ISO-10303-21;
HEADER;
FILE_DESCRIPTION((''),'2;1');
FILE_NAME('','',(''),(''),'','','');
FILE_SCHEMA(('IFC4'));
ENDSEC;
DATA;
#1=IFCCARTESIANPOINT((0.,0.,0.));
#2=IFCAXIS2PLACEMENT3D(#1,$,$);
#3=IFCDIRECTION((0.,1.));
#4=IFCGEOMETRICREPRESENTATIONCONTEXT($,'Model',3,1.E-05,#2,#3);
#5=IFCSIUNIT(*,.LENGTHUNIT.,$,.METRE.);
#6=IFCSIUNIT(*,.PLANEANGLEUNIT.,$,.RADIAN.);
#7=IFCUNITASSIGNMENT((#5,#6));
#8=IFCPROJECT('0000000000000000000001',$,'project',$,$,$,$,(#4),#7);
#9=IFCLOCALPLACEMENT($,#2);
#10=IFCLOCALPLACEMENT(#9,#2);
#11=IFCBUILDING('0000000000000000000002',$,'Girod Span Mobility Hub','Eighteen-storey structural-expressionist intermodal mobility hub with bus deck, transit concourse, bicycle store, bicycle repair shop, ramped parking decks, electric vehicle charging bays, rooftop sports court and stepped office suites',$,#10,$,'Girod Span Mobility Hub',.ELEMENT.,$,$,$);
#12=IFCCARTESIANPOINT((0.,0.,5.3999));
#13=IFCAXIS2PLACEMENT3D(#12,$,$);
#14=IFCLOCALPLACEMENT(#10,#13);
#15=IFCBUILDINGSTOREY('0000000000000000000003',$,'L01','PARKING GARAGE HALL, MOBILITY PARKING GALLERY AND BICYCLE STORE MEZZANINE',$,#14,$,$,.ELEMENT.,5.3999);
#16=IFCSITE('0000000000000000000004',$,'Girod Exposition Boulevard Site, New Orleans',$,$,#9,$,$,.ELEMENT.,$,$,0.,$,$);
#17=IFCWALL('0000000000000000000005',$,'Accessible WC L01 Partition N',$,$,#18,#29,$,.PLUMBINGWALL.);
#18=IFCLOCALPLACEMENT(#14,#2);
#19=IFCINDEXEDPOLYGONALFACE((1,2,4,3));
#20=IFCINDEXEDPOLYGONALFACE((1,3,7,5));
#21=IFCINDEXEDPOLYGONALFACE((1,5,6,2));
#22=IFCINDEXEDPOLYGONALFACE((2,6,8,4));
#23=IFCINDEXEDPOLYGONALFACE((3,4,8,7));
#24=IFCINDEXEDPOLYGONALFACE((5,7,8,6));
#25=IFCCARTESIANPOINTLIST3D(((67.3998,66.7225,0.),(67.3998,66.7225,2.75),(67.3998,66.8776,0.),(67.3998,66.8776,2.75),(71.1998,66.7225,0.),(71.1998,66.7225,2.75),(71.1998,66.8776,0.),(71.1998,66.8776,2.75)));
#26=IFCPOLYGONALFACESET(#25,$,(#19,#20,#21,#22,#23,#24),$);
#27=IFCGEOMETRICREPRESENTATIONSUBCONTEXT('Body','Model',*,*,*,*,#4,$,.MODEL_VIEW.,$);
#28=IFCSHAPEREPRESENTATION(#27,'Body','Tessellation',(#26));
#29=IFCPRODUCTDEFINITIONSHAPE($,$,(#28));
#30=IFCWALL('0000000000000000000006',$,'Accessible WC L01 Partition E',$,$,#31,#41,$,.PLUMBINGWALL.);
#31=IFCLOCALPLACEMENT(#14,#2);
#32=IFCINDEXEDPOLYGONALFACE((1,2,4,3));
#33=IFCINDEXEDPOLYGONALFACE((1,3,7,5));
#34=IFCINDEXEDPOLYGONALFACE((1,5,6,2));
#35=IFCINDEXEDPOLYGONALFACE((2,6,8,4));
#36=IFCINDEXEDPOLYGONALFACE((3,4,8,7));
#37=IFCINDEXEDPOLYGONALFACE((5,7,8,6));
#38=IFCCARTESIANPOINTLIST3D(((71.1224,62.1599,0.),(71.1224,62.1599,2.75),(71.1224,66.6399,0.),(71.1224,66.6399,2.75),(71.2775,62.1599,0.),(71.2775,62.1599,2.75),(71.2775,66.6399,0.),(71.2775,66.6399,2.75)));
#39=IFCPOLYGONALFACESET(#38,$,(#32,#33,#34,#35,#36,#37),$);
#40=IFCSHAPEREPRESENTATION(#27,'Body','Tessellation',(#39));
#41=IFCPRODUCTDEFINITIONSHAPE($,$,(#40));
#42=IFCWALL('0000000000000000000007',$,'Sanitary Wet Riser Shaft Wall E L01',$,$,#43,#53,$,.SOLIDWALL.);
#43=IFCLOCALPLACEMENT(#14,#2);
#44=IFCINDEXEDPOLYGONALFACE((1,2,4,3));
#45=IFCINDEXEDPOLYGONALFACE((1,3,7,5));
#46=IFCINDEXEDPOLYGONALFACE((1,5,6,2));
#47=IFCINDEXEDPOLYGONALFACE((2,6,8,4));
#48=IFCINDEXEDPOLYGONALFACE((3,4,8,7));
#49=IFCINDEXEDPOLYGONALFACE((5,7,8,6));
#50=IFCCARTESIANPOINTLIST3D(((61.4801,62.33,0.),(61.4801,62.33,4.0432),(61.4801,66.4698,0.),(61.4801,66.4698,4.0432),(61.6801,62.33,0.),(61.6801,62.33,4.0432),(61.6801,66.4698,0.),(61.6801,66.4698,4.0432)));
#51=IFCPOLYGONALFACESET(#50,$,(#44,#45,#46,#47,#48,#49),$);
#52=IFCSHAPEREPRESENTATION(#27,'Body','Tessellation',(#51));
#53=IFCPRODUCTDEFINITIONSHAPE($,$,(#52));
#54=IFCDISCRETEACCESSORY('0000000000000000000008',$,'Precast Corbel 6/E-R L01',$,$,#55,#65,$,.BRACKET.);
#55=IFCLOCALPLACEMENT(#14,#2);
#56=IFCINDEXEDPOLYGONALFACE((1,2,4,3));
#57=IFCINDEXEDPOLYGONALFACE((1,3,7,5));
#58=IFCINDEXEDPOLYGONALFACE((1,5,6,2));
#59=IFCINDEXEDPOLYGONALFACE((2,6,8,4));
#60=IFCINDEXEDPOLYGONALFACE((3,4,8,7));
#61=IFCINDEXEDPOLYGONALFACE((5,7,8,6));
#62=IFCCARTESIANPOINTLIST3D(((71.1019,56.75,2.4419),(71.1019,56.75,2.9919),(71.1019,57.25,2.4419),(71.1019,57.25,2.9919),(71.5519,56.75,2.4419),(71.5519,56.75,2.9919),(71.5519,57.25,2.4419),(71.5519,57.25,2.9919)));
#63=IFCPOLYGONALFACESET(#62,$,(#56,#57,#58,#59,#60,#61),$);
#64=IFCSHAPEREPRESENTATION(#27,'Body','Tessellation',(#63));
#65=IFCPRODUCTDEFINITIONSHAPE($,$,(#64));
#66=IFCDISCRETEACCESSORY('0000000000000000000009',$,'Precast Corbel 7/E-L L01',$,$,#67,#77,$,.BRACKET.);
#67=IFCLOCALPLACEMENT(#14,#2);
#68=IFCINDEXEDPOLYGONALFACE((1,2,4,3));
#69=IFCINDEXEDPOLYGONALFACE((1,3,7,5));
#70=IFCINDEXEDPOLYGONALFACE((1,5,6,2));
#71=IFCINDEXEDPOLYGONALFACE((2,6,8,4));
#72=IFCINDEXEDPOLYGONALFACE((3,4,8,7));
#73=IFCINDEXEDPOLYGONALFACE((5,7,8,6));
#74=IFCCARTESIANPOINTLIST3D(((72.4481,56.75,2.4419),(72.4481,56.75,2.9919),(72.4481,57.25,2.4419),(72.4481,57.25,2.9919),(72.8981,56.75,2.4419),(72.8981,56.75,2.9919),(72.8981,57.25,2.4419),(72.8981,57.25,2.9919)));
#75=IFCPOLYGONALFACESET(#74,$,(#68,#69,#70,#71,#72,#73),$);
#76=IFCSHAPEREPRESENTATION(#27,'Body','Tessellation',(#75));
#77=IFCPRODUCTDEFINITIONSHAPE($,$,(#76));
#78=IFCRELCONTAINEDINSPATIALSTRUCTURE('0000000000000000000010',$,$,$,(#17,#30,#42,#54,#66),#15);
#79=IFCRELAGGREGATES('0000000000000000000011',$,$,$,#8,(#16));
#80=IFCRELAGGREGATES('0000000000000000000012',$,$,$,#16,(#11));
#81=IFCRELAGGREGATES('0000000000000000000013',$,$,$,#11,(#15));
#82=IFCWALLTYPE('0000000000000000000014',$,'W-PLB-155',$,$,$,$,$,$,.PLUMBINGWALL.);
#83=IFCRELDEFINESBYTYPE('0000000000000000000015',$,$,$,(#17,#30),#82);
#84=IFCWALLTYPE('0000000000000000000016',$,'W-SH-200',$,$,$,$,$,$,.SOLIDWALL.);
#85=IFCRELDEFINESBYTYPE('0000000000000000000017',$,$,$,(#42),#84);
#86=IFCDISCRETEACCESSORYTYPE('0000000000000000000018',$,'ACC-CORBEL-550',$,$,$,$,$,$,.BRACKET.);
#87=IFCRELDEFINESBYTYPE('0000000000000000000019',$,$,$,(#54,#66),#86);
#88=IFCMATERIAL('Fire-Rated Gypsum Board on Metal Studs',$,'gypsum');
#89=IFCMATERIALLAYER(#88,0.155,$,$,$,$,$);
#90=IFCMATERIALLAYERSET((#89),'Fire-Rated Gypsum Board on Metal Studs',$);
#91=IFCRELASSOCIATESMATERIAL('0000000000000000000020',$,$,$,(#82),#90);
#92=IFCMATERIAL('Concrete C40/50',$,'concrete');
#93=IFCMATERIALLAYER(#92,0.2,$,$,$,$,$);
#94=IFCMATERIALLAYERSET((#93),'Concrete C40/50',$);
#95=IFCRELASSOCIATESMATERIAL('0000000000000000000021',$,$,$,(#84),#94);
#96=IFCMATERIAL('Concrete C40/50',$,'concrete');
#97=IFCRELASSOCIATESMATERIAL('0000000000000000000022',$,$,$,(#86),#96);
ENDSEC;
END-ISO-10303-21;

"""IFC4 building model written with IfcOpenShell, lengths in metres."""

from ifc_helpers import new_model, si_unit, direction, frame, frame_2d, origin, origin_2d, place, context, subcontext, project, spatial, rectangle, extrude, material, layer, layer_set, type_object, element, save


model = new_model("IFC4")

# Units and contexts
model_context = context("Model", 3, precision=1e-05, world=origin(), true_north=direction((0.0, 1.0)))
body_context = subcontext(model_context, "Body", "Model", "MODEL_VIEW")
ifc_project = project(units=[si_unit("LENGTHUNIT", "METRE"), si_unit("PLANEANGLEUNIT", "RADIAN")], contexts=[model_context])

# Site, building, storey
site_placement = place(None, origin())
site = spatial("IfcSite", under=ifc_project, at=site_placement, Name="Girod Exposition Boulevard Site, New Orleans", CompositionType="ELEMENT", RefElevation=0.0)
building_placement = place(site_placement, origin())
building = spatial("IfcBuilding", under=site, at=building_placement, Name="Girod Span Mobility Hub", Description="Eighteen-storey structural-expressionist intermodal mobility hub with bus deck, transit concourse, bicycle store, bicycle repair shop, ramped parking decks, electric vehicle charging bays, rooftop sports court and stepped office suites", LongName="Girod Span Mobility Hub", CompositionType="ELEMENT")
storey_placement = place(building_placement, frame((0.0, 0.0, 5.3999)))
storey = spatial("IfcBuildingStorey", under=building, at=storey_placement, Name="L01", Description="PARKING GARAGE HALL, MOBILITY PARKING GALLERY AND BICYCLE STORE MEZZANINE", CompositionType="ELEMENT", Elevation=5.3999)

# Shared definitions
ifc_material_1 = material(Name="Fire-Rated Gypsum Board on Metal Studs", Category="gypsum")
ifc_layer_1 = layer(ifc_material_1, 0.155)
ifc_layer_set_1 = layer_set([ifc_layer_1], Name="Fire-Rated Gypsum Board on Metal Studs")
wall_type_1 = type_object("IfcWallType", Name="W-PLB-155", PredefinedType="PLUMBINGWALL", material=ifc_layer_set_1)

# Walls
wall_1_placement = place(storey_placement, frame((67.3999, 66.8, 0.0), z_axis=(0.0, 0.0, 1.0), x_axis=(1.0, 0.0, 0.0)))
element("IfcWall", 1, at=wall_1_placement, inside=storey, type_object=wall_type_1, Name="Accessible WC L01 Partition N", PredefinedType="PLUMBINGWALL", context=body_context, shape_type="SweptSolid", body=[
    extrude(rectangle(XDim=3.8, YDim=0.155, at=frame_2d((1.8999, 0.0))), origin(), (0.0, 0.0, 1.0), 2.75),
])
wall_2_placement = place(storey_placement, frame((71.2, 62.1599, 0.0), z_axis=(0.0, 0.0, 1.0), x_axis=(0.0, 1.0, 0.0)))
element("IfcWall", 2, at=wall_2_placement, inside=storey, type_object=wall_type_1, Name="Accessible WC L01 Partition E", PredefinedType="PLUMBINGWALL", context=body_context, shape_type="SweptSolid", body=[
    extrude(rectangle(XDim=4.48, YDim=0.155, at=frame_2d((2.24, 0.0))), origin(), (0.0, 0.0, 1.0), 2.75),
])
ifc_material_2 = material(Name="Concrete C40/50", Category="concrete")
ifc_layer_2 = layer(ifc_material_2, 0.2)
ifc_layer_set_2 = layer_set([ifc_layer_2], Name="Concrete C40/50")
wall_type_2 = type_object("IfcWallType", Name="W-SH-200", PredefinedType="SOLIDWALL", material=ifc_layer_set_2)
wall_3_placement = place(storey_placement, frame((61.5801, 62.3301, 0.0), z_axis=(0.0, 0.0, 1.0), x_axis=(0.0, 1.0, 0.0)))
element("IfcWall", 3, at=wall_3_placement, inside=storey, type_object=wall_type_2, Name="Sanitary Wet Riser Shaft Wall E L01", PredefinedType="SOLIDWALL", context=body_context, shape_type="SweptSolid", body=[
    extrude(rectangle(XDim=4.1399, YDim=0.2, at=frame_2d((2.0698, 0.0))), origin(), (0.0, 0.0, 1.0), 4.0432),
])

# Discrete accessories
ifc_material_3 = material(Name="Concrete C40/50", Category="concrete")
discrete_accessory_type = type_object("IfcDiscreteAccessoryType", Name="ACC-CORBEL-550", PredefinedType="BRACKET", material=ifc_material_3)
for number, where, z_axis, x_axis, name in (
    (4, (71.3269, 57.0, 2.4419), (0.0, 0.0, 1.0), (1.0, 0.0, 0.0), "Precast Corbel 6/E-R L01"),
    (5, (72.6731, 57.0, 2.4419), (0.0, 0.0, 1.0), (1.0, 0.0, 0.0), "Precast Corbel 7/E-L L01"),
):
    element("IfcDiscreteAccessory", number, at=place(storey_placement, frame(where, z_axis=z_axis, x_axis=x_axis)), inside=storey, type_object=discrete_accessory_type, Name=name, PredefinedType="BRACKET", context=body_context, shape_type="SweptSolid", body=[
        extrude(rectangle(XDim=0.45, YDim=0.5, at=origin_2d()), origin(), (0.0, 0.0, 1.0), 0.55),
    ])

save(model, "model.ifc")
